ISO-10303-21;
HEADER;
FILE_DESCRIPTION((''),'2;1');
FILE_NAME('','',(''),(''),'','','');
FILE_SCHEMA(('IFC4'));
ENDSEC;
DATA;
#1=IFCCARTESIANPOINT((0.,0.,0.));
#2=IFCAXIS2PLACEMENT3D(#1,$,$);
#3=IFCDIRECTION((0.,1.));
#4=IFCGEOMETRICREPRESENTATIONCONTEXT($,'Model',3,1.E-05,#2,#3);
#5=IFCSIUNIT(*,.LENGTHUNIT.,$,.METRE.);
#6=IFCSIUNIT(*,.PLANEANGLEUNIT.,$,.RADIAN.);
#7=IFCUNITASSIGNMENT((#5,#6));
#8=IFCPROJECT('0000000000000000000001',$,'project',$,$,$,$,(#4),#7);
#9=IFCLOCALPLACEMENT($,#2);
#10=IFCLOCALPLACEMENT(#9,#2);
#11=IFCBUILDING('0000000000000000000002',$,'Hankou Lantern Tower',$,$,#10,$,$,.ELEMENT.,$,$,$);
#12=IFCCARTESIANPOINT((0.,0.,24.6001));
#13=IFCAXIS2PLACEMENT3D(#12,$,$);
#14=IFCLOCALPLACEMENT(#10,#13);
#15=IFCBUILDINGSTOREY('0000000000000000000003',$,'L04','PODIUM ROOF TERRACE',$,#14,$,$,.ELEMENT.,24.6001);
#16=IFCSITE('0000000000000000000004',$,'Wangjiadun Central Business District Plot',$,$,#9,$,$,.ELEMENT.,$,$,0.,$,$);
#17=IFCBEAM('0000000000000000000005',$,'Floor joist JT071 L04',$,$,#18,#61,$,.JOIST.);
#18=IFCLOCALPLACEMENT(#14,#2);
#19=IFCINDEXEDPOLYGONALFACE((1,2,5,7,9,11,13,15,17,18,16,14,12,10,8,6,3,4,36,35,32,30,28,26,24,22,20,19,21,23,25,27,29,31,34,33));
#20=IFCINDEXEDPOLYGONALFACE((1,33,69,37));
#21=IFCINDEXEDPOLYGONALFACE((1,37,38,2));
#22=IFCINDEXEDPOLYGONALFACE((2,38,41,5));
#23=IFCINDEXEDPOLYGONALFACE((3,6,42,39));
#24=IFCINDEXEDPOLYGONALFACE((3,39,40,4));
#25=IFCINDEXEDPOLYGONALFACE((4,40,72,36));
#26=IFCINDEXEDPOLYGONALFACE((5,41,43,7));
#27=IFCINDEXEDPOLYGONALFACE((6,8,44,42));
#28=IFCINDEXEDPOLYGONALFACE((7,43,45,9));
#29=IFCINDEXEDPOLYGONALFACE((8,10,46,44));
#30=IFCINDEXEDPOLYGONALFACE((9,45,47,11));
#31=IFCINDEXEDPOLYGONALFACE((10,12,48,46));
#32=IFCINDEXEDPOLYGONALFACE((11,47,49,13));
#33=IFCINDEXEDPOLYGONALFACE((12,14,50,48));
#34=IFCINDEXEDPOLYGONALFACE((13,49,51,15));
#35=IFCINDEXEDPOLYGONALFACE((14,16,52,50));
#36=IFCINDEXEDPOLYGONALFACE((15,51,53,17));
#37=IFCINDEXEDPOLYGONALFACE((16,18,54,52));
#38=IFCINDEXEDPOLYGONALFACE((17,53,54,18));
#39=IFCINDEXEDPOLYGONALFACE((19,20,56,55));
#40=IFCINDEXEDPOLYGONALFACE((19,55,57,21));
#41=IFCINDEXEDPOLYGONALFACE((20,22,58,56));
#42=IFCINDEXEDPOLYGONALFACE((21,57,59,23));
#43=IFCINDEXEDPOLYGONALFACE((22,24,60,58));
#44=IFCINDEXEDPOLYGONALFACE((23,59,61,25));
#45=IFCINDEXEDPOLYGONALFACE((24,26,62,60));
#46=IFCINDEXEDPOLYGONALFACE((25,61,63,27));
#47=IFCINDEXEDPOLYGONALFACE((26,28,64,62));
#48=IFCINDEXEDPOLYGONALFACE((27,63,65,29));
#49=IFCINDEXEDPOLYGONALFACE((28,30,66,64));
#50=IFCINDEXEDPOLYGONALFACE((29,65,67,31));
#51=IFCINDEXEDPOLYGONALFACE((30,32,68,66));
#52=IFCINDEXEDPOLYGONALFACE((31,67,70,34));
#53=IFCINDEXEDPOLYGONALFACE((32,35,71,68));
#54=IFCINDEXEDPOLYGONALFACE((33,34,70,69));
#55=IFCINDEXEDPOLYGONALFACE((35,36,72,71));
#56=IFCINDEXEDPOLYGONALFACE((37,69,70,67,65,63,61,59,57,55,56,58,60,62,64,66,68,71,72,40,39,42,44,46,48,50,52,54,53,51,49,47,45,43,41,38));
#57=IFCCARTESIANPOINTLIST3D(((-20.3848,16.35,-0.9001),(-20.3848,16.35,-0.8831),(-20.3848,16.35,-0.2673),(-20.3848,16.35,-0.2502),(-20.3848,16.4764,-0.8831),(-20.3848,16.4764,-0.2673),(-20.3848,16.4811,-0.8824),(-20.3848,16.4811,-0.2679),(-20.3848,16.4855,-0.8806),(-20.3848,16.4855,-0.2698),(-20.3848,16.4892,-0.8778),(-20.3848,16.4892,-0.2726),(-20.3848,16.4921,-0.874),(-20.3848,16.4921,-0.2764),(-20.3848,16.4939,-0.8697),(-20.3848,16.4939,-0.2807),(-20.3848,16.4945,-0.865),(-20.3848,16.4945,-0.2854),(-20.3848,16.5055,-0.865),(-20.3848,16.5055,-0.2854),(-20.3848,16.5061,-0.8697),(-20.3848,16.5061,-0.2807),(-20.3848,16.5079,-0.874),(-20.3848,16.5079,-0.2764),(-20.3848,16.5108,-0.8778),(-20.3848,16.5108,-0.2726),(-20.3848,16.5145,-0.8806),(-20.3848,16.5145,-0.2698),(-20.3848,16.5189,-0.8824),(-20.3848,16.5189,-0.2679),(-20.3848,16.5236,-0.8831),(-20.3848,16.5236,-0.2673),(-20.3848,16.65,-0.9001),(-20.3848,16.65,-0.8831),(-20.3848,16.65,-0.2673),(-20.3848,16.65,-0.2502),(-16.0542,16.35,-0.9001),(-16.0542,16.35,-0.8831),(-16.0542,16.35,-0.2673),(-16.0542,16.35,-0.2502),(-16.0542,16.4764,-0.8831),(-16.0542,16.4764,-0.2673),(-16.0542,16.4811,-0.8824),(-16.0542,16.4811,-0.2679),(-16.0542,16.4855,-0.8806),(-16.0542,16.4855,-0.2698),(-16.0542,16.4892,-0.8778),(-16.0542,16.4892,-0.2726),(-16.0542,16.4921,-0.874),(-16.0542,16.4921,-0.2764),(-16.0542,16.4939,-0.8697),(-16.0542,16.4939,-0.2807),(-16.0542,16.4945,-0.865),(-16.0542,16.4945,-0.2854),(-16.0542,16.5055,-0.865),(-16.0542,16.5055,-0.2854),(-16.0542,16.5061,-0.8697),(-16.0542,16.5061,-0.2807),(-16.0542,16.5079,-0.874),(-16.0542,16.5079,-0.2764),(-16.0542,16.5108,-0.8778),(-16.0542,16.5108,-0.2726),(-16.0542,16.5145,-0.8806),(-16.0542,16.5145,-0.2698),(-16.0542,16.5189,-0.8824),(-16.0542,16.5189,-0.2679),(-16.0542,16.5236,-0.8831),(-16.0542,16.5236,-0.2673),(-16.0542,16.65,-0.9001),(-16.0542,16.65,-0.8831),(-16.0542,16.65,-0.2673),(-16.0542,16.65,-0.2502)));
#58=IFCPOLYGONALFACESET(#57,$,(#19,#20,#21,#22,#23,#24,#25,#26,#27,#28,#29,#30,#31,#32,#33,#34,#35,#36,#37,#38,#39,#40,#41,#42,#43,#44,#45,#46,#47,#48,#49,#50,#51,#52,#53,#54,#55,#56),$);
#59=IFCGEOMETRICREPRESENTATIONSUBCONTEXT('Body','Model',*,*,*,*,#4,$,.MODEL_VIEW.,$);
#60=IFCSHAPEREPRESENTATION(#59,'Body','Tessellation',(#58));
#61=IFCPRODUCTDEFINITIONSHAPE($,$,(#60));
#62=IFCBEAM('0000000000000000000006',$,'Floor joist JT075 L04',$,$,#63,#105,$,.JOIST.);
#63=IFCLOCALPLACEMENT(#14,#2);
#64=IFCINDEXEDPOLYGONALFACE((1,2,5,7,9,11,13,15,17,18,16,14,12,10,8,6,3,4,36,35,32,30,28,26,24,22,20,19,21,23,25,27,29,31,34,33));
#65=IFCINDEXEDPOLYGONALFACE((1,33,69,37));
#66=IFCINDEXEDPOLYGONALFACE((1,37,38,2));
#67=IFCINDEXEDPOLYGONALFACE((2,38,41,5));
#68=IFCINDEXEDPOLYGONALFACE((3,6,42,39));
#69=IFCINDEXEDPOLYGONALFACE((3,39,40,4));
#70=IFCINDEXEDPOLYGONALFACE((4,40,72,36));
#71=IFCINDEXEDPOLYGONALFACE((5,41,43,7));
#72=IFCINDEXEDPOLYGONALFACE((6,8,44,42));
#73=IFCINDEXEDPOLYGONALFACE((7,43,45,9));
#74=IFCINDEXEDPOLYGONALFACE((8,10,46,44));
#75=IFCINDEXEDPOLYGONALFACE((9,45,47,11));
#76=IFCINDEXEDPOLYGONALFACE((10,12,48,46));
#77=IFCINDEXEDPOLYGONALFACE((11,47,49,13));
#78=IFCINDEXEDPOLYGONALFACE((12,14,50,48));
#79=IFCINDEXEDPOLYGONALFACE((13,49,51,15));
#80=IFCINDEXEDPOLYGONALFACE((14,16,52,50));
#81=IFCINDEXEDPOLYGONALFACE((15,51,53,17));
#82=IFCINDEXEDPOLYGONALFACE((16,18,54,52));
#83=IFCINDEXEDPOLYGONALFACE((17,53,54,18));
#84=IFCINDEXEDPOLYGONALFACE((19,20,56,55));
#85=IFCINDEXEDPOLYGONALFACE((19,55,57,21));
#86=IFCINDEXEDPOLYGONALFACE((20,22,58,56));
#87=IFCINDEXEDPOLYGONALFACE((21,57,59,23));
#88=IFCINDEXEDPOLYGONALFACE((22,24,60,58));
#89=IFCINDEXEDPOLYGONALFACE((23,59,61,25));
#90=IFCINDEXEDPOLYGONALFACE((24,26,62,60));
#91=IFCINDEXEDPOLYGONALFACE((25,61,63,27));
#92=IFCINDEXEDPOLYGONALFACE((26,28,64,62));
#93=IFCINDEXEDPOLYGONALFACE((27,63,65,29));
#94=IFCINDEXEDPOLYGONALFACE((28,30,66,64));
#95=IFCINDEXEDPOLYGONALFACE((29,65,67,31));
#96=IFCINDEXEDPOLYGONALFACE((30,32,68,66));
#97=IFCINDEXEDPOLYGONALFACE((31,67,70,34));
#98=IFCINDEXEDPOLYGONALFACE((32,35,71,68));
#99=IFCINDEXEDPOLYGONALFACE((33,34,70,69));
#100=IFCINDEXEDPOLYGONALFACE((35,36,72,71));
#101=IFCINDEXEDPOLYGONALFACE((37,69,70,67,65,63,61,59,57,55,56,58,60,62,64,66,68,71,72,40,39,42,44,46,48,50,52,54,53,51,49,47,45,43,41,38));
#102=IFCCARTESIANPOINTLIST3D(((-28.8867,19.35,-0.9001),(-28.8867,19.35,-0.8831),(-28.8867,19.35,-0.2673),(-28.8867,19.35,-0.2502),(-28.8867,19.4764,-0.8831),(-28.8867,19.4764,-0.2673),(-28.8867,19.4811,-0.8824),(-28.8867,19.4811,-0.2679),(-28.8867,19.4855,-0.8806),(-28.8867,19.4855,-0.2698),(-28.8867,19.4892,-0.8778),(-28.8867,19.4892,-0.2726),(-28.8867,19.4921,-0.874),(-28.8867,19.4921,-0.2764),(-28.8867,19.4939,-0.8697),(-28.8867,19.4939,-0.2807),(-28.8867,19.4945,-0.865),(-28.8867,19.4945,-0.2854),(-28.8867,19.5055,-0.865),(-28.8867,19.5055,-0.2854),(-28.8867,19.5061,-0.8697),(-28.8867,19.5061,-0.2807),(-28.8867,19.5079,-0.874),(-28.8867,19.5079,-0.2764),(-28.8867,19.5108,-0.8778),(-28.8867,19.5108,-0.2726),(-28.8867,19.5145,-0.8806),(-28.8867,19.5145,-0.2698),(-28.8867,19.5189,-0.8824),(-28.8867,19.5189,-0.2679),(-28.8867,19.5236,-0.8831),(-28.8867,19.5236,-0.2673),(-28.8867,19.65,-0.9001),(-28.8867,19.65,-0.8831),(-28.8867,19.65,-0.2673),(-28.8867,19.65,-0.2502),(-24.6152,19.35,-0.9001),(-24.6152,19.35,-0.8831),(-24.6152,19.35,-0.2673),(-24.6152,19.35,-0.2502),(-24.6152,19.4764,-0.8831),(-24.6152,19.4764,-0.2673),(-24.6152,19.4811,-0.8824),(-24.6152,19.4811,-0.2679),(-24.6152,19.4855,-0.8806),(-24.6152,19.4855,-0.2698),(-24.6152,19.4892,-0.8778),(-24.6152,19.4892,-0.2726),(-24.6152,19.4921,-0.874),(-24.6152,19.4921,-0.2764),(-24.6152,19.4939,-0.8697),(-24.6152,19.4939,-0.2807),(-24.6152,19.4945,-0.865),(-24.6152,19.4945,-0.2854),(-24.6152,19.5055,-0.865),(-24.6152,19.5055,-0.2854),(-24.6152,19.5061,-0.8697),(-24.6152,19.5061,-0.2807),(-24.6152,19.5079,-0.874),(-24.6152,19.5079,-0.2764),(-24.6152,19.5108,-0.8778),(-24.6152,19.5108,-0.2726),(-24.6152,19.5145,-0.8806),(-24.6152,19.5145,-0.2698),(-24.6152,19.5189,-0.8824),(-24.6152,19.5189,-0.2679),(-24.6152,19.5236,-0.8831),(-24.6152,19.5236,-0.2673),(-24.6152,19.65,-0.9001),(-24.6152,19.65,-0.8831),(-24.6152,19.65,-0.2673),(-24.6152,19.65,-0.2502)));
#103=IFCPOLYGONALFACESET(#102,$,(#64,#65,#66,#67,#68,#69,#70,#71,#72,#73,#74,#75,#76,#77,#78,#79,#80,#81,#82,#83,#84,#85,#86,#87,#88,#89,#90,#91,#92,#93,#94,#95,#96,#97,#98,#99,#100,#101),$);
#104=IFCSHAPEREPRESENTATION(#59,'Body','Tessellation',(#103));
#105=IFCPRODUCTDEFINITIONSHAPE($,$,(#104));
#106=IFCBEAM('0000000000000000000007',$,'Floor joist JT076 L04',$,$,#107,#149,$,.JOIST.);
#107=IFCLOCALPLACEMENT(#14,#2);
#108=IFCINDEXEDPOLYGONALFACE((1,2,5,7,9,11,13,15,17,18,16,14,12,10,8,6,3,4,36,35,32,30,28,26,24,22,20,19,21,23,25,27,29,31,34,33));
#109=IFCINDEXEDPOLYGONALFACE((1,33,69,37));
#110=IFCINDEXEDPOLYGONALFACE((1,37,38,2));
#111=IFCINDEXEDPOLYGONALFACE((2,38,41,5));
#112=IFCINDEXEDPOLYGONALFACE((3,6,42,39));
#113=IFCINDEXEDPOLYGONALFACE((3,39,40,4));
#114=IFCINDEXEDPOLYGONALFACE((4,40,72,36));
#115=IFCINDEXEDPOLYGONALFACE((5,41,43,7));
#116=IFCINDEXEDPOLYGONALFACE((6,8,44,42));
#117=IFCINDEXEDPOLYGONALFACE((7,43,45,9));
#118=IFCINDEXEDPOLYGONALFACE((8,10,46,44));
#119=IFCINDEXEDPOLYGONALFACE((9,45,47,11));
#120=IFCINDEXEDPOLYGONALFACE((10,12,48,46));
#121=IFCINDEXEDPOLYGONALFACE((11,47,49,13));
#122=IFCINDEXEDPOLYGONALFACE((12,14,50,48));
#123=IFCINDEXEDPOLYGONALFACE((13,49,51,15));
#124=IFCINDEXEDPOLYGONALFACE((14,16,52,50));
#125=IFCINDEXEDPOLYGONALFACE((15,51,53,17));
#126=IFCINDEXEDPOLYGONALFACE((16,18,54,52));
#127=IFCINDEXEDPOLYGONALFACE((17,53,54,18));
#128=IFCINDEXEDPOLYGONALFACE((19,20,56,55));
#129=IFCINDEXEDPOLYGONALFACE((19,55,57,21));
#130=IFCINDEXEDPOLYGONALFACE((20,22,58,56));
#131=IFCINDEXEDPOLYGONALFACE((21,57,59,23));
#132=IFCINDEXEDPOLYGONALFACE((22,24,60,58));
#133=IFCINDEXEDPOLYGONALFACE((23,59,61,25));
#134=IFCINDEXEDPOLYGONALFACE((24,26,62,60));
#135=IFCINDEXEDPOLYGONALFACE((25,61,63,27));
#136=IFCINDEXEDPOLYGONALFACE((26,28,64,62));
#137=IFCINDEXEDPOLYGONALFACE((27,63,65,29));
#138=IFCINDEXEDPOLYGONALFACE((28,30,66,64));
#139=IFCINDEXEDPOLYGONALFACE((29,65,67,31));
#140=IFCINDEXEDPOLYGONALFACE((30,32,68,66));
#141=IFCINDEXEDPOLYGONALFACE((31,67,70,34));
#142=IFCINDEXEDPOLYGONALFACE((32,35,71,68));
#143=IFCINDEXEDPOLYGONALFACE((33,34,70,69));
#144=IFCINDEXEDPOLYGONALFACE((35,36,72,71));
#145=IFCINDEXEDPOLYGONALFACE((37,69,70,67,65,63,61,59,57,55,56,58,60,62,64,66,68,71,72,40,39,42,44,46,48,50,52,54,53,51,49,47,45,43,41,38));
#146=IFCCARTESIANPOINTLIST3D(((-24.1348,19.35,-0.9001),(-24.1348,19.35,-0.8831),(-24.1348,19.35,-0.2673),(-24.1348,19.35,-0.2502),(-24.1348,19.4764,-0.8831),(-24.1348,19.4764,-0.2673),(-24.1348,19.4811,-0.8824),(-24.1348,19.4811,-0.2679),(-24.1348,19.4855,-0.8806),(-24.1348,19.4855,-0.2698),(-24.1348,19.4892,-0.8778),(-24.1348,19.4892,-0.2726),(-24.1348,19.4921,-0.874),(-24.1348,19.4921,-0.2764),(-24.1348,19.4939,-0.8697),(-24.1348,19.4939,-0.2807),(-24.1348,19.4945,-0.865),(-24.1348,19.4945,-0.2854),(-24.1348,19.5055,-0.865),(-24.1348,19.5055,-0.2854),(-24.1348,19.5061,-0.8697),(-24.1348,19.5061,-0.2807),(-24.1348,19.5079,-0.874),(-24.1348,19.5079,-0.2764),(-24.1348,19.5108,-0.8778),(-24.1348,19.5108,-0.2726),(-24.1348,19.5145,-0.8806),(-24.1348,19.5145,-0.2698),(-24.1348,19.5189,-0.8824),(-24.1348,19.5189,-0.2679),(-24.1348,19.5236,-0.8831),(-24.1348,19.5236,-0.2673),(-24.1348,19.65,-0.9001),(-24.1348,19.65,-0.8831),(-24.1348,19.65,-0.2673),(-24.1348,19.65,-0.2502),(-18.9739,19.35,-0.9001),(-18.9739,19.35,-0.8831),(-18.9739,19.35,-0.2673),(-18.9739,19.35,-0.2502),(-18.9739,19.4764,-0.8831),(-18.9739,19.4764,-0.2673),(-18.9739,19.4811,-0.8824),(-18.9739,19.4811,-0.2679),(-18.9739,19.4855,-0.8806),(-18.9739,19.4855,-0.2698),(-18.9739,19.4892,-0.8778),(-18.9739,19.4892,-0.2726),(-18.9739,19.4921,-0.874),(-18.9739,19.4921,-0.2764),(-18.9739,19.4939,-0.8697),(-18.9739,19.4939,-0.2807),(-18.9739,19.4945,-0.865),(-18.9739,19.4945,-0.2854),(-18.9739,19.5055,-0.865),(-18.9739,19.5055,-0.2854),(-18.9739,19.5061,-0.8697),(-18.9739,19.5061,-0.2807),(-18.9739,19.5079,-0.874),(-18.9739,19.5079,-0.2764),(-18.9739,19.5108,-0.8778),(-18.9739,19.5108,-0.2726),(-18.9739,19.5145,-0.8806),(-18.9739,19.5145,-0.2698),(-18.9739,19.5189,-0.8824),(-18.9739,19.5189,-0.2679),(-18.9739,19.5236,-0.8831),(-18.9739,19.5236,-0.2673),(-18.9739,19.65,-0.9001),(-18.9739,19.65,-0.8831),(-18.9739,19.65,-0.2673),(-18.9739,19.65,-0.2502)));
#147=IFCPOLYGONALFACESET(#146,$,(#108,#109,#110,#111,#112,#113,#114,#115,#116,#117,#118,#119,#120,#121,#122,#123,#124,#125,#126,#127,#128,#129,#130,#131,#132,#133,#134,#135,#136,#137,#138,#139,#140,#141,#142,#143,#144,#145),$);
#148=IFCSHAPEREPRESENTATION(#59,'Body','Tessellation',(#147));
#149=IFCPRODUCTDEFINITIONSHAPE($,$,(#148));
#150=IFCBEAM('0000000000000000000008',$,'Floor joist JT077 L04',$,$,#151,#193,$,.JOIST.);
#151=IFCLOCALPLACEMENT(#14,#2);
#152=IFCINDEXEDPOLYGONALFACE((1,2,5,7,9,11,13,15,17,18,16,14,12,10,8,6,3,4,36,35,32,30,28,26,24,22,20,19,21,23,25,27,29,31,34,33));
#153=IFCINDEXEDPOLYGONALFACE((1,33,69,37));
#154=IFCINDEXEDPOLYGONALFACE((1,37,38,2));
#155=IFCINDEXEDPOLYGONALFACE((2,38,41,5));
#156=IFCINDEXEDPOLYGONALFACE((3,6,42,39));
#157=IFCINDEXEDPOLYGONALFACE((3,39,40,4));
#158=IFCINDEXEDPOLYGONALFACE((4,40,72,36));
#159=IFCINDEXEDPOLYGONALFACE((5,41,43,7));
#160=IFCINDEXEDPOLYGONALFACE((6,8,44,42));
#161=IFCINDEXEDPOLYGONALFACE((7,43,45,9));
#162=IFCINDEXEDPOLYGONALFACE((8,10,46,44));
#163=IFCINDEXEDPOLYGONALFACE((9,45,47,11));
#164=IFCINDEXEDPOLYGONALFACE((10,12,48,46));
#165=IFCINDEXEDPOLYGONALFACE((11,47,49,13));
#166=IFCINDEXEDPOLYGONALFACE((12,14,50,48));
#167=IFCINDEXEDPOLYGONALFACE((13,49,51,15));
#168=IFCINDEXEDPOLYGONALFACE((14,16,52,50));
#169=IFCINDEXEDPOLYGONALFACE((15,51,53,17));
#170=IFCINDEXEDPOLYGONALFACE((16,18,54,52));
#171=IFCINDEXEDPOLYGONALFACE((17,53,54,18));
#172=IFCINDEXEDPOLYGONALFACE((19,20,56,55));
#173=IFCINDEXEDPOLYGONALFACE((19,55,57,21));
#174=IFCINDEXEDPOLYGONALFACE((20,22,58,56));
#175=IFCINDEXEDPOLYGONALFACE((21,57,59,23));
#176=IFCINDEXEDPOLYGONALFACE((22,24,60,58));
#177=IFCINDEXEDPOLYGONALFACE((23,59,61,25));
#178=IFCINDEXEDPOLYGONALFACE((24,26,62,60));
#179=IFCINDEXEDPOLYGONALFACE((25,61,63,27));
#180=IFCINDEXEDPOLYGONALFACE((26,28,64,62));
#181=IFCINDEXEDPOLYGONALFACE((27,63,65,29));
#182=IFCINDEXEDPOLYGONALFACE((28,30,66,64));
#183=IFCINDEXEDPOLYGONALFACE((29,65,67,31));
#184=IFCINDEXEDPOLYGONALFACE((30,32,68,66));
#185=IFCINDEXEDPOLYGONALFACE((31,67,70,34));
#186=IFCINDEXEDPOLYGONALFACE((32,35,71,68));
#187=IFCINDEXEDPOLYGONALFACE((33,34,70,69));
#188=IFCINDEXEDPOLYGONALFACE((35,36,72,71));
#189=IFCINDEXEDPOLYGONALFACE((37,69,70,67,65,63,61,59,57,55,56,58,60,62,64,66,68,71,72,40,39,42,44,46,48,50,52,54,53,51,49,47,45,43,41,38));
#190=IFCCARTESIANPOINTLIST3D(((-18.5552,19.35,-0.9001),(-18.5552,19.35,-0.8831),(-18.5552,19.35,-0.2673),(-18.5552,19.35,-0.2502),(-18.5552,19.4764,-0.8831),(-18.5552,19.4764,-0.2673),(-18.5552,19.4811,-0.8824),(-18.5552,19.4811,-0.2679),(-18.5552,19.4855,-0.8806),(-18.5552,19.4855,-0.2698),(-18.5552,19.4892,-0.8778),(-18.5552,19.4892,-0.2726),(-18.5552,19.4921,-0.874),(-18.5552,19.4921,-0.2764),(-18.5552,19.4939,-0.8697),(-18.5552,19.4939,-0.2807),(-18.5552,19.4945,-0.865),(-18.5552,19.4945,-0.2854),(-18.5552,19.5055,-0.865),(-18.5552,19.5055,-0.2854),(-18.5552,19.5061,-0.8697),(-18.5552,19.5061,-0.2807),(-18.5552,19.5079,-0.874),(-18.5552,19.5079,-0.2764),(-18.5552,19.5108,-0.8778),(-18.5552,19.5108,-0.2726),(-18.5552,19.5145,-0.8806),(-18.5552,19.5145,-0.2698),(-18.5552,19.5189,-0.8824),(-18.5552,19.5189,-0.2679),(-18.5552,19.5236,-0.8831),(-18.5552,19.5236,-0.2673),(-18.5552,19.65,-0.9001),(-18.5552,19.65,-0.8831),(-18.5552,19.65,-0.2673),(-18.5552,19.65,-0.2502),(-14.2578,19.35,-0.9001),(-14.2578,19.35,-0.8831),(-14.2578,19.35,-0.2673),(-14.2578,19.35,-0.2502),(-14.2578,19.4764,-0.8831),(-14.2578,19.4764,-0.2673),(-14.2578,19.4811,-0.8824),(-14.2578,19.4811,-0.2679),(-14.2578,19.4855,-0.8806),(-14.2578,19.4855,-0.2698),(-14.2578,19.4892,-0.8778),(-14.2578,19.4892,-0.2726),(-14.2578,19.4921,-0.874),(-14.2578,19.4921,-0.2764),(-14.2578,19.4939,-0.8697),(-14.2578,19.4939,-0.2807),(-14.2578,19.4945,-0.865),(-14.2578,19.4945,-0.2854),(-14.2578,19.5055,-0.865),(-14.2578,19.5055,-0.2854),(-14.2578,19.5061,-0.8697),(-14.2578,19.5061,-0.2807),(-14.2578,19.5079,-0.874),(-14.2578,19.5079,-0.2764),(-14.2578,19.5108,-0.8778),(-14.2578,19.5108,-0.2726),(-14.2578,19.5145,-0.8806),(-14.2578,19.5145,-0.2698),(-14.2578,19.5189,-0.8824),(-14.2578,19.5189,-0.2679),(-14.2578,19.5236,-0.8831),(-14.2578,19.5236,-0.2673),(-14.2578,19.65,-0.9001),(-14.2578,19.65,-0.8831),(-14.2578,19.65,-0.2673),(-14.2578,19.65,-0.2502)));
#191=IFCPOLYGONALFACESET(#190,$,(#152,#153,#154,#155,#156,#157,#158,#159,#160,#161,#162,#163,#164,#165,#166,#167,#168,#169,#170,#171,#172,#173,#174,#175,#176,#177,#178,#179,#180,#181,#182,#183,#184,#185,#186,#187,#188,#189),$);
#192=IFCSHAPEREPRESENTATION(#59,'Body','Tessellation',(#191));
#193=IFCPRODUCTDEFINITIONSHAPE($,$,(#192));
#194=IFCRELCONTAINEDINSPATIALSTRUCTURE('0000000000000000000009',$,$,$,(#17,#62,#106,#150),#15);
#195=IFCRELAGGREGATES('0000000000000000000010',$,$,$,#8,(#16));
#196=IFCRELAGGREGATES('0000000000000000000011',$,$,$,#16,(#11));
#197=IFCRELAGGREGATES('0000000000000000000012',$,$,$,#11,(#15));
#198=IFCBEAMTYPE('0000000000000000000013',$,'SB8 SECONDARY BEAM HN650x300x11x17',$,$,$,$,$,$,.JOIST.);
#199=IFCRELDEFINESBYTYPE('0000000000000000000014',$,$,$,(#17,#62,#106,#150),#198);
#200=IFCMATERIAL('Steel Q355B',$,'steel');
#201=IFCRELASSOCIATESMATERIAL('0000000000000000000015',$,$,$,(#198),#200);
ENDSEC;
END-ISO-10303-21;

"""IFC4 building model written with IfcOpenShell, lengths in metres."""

from ifc_helpers import new_model, si_unit, direction, frame, origin, origin_2d, place, context, subcontext, project, spatial, i_section, extrude, material, material_profile, profile_set, type_object, element, save


model = new_model("IFC4")

# Units and contexts
model_context = context("Model", 3, precision=1e-05, world=origin(), true_north=direction((0.0, 1.0)))
body_context = subcontext(model_context, "Body", "Model", "MODEL_VIEW")
ifc_project = project(units=[si_unit("LENGTHUNIT", "METRE"), si_unit("PLANEANGLEUNIT", "RADIAN")], contexts=[model_context])

# Site, building, storey
site_placement = place(None, origin())
site = spatial("IfcSite", under=ifc_project, at=site_placement, Name="Wangjiadun Central Business District Plot", CompositionType="ELEMENT", RefElevation=0.0)
building_placement = place(site_placement, origin())
building = spatial("IfcBuilding", under=site, at=building_placement, Name="Hankou Lantern Tower", CompositionType="ELEMENT")
storey_placement = place(building_placement, frame((0.0, 0.0, 24.6001)))
storey = spatial("IfcBuildingStorey", under=building, at=storey_placement, Name="L04", Description="PODIUM ROOF TERRACE", CompositionType="ELEMENT", Elevation=24.6001)

# Beams
ifc_material_1 = material(Name="Steel Q355B", Category="steel")
ifc_material_profile_1 = material_profile(ifc_material_1, i_section(OverallWidth=0.3, OverallDepth=0.6499, WebThickness=0.011, FlangeThickness=0.0171, FilletRadius=0.0181, at=origin_2d()), Name="HN650x300x11x17")
ifc_profile_set_1 = profile_set([ifc_material_profile_1], Name="Steel Q355B")
beam_type_1 = type_object("IfcBeamType", Name="SB8 SECONDARY BEAM HN650x300x11x17", PredefinedType="JOIST", material=ifc_profile_set_1)
beam_1_placement = place(storey_placement, frame((-20.3848, 16.5, -0.5752), z_axis=(1.0, 0.0, 0.0), x_axis=(0.0, 1.0, 0.0)))
element("IfcBeam", 1, at=beam_1_placement, inside=storey, type_object=beam_type_1, Name="Floor joist JT071 L04", PredefinedType="JOIST", context=body_context, shape_type="SweptSolid", body=[
    extrude(i_section(OverallWidth=0.3, OverallDepth=0.6499, WebThickness=0.011, FlangeThickness=0.0171, FilletRadius=0.0181, at=origin_2d()), origin(), (0.0, 0.0, 1.0), 4.3306),
])
beam_2_placement = place(storey_placement, frame((-28.8867, 19.5, -0.5752), z_axis=(1.0, 0.0, 0.0), x_axis=(0.0, 1.0, 0.0)))
element("IfcBeam", 2, at=beam_2_placement, inside=storey, type_object=beam_type_1, Name="Floor joist JT075 L04", PredefinedType="JOIST", context=body_context, shape_type="SweptSolid", body=[
    extrude(i_section(OverallWidth=0.3, OverallDepth=0.6499, WebThickness=0.011, FlangeThickness=0.0171, FilletRadius=0.0181, at=origin_2d()), origin(), (0.0, 0.0, 1.0), 4.2715),
])
beam_3_placement = place(storey_placement, frame((-24.1348, 19.5, -0.5752), z_axis=(1.0, 0.0, 0.0), x_axis=(0.0, 1.0, 0.0)))
element("IfcBeam", 3, at=beam_3_placement, inside=storey, type_object=beam_type_1, Name="Floor joist JT076 L04", PredefinedType="JOIST", context=body_context, shape_type="SweptSolid", body=[
    extrude(i_section(OverallWidth=0.3, OverallDepth=0.6499, WebThickness=0.011, FlangeThickness=0.0171, FilletRadius=0.0181, at=origin_2d()), origin(), (0.0, 0.0, 1.0), 5.1609),
])
beam_4_placement = place(storey_placement, frame((-18.5552, 19.5, -0.5752), z_axis=(1.0, 0.0, 0.0), x_axis=(0.0, 1.0, 0.0)))
element("IfcBeam", 4, at=beam_4_placement, inside=storey, type_object=beam_type_1, Name="Floor joist JT077 L04", PredefinedType="JOIST", context=body_context, shape_type="SweptSolid", body=[
    extrude(i_section(OverallWidth=0.3, OverallDepth=0.6499, WebThickness=0.011, FlangeThickness=0.0171, FilletRadius=0.0181, at=origin_2d()), origin(), (0.0, 0.0, 1.0), 4.2974),
])

save(model, "model.ifc")
